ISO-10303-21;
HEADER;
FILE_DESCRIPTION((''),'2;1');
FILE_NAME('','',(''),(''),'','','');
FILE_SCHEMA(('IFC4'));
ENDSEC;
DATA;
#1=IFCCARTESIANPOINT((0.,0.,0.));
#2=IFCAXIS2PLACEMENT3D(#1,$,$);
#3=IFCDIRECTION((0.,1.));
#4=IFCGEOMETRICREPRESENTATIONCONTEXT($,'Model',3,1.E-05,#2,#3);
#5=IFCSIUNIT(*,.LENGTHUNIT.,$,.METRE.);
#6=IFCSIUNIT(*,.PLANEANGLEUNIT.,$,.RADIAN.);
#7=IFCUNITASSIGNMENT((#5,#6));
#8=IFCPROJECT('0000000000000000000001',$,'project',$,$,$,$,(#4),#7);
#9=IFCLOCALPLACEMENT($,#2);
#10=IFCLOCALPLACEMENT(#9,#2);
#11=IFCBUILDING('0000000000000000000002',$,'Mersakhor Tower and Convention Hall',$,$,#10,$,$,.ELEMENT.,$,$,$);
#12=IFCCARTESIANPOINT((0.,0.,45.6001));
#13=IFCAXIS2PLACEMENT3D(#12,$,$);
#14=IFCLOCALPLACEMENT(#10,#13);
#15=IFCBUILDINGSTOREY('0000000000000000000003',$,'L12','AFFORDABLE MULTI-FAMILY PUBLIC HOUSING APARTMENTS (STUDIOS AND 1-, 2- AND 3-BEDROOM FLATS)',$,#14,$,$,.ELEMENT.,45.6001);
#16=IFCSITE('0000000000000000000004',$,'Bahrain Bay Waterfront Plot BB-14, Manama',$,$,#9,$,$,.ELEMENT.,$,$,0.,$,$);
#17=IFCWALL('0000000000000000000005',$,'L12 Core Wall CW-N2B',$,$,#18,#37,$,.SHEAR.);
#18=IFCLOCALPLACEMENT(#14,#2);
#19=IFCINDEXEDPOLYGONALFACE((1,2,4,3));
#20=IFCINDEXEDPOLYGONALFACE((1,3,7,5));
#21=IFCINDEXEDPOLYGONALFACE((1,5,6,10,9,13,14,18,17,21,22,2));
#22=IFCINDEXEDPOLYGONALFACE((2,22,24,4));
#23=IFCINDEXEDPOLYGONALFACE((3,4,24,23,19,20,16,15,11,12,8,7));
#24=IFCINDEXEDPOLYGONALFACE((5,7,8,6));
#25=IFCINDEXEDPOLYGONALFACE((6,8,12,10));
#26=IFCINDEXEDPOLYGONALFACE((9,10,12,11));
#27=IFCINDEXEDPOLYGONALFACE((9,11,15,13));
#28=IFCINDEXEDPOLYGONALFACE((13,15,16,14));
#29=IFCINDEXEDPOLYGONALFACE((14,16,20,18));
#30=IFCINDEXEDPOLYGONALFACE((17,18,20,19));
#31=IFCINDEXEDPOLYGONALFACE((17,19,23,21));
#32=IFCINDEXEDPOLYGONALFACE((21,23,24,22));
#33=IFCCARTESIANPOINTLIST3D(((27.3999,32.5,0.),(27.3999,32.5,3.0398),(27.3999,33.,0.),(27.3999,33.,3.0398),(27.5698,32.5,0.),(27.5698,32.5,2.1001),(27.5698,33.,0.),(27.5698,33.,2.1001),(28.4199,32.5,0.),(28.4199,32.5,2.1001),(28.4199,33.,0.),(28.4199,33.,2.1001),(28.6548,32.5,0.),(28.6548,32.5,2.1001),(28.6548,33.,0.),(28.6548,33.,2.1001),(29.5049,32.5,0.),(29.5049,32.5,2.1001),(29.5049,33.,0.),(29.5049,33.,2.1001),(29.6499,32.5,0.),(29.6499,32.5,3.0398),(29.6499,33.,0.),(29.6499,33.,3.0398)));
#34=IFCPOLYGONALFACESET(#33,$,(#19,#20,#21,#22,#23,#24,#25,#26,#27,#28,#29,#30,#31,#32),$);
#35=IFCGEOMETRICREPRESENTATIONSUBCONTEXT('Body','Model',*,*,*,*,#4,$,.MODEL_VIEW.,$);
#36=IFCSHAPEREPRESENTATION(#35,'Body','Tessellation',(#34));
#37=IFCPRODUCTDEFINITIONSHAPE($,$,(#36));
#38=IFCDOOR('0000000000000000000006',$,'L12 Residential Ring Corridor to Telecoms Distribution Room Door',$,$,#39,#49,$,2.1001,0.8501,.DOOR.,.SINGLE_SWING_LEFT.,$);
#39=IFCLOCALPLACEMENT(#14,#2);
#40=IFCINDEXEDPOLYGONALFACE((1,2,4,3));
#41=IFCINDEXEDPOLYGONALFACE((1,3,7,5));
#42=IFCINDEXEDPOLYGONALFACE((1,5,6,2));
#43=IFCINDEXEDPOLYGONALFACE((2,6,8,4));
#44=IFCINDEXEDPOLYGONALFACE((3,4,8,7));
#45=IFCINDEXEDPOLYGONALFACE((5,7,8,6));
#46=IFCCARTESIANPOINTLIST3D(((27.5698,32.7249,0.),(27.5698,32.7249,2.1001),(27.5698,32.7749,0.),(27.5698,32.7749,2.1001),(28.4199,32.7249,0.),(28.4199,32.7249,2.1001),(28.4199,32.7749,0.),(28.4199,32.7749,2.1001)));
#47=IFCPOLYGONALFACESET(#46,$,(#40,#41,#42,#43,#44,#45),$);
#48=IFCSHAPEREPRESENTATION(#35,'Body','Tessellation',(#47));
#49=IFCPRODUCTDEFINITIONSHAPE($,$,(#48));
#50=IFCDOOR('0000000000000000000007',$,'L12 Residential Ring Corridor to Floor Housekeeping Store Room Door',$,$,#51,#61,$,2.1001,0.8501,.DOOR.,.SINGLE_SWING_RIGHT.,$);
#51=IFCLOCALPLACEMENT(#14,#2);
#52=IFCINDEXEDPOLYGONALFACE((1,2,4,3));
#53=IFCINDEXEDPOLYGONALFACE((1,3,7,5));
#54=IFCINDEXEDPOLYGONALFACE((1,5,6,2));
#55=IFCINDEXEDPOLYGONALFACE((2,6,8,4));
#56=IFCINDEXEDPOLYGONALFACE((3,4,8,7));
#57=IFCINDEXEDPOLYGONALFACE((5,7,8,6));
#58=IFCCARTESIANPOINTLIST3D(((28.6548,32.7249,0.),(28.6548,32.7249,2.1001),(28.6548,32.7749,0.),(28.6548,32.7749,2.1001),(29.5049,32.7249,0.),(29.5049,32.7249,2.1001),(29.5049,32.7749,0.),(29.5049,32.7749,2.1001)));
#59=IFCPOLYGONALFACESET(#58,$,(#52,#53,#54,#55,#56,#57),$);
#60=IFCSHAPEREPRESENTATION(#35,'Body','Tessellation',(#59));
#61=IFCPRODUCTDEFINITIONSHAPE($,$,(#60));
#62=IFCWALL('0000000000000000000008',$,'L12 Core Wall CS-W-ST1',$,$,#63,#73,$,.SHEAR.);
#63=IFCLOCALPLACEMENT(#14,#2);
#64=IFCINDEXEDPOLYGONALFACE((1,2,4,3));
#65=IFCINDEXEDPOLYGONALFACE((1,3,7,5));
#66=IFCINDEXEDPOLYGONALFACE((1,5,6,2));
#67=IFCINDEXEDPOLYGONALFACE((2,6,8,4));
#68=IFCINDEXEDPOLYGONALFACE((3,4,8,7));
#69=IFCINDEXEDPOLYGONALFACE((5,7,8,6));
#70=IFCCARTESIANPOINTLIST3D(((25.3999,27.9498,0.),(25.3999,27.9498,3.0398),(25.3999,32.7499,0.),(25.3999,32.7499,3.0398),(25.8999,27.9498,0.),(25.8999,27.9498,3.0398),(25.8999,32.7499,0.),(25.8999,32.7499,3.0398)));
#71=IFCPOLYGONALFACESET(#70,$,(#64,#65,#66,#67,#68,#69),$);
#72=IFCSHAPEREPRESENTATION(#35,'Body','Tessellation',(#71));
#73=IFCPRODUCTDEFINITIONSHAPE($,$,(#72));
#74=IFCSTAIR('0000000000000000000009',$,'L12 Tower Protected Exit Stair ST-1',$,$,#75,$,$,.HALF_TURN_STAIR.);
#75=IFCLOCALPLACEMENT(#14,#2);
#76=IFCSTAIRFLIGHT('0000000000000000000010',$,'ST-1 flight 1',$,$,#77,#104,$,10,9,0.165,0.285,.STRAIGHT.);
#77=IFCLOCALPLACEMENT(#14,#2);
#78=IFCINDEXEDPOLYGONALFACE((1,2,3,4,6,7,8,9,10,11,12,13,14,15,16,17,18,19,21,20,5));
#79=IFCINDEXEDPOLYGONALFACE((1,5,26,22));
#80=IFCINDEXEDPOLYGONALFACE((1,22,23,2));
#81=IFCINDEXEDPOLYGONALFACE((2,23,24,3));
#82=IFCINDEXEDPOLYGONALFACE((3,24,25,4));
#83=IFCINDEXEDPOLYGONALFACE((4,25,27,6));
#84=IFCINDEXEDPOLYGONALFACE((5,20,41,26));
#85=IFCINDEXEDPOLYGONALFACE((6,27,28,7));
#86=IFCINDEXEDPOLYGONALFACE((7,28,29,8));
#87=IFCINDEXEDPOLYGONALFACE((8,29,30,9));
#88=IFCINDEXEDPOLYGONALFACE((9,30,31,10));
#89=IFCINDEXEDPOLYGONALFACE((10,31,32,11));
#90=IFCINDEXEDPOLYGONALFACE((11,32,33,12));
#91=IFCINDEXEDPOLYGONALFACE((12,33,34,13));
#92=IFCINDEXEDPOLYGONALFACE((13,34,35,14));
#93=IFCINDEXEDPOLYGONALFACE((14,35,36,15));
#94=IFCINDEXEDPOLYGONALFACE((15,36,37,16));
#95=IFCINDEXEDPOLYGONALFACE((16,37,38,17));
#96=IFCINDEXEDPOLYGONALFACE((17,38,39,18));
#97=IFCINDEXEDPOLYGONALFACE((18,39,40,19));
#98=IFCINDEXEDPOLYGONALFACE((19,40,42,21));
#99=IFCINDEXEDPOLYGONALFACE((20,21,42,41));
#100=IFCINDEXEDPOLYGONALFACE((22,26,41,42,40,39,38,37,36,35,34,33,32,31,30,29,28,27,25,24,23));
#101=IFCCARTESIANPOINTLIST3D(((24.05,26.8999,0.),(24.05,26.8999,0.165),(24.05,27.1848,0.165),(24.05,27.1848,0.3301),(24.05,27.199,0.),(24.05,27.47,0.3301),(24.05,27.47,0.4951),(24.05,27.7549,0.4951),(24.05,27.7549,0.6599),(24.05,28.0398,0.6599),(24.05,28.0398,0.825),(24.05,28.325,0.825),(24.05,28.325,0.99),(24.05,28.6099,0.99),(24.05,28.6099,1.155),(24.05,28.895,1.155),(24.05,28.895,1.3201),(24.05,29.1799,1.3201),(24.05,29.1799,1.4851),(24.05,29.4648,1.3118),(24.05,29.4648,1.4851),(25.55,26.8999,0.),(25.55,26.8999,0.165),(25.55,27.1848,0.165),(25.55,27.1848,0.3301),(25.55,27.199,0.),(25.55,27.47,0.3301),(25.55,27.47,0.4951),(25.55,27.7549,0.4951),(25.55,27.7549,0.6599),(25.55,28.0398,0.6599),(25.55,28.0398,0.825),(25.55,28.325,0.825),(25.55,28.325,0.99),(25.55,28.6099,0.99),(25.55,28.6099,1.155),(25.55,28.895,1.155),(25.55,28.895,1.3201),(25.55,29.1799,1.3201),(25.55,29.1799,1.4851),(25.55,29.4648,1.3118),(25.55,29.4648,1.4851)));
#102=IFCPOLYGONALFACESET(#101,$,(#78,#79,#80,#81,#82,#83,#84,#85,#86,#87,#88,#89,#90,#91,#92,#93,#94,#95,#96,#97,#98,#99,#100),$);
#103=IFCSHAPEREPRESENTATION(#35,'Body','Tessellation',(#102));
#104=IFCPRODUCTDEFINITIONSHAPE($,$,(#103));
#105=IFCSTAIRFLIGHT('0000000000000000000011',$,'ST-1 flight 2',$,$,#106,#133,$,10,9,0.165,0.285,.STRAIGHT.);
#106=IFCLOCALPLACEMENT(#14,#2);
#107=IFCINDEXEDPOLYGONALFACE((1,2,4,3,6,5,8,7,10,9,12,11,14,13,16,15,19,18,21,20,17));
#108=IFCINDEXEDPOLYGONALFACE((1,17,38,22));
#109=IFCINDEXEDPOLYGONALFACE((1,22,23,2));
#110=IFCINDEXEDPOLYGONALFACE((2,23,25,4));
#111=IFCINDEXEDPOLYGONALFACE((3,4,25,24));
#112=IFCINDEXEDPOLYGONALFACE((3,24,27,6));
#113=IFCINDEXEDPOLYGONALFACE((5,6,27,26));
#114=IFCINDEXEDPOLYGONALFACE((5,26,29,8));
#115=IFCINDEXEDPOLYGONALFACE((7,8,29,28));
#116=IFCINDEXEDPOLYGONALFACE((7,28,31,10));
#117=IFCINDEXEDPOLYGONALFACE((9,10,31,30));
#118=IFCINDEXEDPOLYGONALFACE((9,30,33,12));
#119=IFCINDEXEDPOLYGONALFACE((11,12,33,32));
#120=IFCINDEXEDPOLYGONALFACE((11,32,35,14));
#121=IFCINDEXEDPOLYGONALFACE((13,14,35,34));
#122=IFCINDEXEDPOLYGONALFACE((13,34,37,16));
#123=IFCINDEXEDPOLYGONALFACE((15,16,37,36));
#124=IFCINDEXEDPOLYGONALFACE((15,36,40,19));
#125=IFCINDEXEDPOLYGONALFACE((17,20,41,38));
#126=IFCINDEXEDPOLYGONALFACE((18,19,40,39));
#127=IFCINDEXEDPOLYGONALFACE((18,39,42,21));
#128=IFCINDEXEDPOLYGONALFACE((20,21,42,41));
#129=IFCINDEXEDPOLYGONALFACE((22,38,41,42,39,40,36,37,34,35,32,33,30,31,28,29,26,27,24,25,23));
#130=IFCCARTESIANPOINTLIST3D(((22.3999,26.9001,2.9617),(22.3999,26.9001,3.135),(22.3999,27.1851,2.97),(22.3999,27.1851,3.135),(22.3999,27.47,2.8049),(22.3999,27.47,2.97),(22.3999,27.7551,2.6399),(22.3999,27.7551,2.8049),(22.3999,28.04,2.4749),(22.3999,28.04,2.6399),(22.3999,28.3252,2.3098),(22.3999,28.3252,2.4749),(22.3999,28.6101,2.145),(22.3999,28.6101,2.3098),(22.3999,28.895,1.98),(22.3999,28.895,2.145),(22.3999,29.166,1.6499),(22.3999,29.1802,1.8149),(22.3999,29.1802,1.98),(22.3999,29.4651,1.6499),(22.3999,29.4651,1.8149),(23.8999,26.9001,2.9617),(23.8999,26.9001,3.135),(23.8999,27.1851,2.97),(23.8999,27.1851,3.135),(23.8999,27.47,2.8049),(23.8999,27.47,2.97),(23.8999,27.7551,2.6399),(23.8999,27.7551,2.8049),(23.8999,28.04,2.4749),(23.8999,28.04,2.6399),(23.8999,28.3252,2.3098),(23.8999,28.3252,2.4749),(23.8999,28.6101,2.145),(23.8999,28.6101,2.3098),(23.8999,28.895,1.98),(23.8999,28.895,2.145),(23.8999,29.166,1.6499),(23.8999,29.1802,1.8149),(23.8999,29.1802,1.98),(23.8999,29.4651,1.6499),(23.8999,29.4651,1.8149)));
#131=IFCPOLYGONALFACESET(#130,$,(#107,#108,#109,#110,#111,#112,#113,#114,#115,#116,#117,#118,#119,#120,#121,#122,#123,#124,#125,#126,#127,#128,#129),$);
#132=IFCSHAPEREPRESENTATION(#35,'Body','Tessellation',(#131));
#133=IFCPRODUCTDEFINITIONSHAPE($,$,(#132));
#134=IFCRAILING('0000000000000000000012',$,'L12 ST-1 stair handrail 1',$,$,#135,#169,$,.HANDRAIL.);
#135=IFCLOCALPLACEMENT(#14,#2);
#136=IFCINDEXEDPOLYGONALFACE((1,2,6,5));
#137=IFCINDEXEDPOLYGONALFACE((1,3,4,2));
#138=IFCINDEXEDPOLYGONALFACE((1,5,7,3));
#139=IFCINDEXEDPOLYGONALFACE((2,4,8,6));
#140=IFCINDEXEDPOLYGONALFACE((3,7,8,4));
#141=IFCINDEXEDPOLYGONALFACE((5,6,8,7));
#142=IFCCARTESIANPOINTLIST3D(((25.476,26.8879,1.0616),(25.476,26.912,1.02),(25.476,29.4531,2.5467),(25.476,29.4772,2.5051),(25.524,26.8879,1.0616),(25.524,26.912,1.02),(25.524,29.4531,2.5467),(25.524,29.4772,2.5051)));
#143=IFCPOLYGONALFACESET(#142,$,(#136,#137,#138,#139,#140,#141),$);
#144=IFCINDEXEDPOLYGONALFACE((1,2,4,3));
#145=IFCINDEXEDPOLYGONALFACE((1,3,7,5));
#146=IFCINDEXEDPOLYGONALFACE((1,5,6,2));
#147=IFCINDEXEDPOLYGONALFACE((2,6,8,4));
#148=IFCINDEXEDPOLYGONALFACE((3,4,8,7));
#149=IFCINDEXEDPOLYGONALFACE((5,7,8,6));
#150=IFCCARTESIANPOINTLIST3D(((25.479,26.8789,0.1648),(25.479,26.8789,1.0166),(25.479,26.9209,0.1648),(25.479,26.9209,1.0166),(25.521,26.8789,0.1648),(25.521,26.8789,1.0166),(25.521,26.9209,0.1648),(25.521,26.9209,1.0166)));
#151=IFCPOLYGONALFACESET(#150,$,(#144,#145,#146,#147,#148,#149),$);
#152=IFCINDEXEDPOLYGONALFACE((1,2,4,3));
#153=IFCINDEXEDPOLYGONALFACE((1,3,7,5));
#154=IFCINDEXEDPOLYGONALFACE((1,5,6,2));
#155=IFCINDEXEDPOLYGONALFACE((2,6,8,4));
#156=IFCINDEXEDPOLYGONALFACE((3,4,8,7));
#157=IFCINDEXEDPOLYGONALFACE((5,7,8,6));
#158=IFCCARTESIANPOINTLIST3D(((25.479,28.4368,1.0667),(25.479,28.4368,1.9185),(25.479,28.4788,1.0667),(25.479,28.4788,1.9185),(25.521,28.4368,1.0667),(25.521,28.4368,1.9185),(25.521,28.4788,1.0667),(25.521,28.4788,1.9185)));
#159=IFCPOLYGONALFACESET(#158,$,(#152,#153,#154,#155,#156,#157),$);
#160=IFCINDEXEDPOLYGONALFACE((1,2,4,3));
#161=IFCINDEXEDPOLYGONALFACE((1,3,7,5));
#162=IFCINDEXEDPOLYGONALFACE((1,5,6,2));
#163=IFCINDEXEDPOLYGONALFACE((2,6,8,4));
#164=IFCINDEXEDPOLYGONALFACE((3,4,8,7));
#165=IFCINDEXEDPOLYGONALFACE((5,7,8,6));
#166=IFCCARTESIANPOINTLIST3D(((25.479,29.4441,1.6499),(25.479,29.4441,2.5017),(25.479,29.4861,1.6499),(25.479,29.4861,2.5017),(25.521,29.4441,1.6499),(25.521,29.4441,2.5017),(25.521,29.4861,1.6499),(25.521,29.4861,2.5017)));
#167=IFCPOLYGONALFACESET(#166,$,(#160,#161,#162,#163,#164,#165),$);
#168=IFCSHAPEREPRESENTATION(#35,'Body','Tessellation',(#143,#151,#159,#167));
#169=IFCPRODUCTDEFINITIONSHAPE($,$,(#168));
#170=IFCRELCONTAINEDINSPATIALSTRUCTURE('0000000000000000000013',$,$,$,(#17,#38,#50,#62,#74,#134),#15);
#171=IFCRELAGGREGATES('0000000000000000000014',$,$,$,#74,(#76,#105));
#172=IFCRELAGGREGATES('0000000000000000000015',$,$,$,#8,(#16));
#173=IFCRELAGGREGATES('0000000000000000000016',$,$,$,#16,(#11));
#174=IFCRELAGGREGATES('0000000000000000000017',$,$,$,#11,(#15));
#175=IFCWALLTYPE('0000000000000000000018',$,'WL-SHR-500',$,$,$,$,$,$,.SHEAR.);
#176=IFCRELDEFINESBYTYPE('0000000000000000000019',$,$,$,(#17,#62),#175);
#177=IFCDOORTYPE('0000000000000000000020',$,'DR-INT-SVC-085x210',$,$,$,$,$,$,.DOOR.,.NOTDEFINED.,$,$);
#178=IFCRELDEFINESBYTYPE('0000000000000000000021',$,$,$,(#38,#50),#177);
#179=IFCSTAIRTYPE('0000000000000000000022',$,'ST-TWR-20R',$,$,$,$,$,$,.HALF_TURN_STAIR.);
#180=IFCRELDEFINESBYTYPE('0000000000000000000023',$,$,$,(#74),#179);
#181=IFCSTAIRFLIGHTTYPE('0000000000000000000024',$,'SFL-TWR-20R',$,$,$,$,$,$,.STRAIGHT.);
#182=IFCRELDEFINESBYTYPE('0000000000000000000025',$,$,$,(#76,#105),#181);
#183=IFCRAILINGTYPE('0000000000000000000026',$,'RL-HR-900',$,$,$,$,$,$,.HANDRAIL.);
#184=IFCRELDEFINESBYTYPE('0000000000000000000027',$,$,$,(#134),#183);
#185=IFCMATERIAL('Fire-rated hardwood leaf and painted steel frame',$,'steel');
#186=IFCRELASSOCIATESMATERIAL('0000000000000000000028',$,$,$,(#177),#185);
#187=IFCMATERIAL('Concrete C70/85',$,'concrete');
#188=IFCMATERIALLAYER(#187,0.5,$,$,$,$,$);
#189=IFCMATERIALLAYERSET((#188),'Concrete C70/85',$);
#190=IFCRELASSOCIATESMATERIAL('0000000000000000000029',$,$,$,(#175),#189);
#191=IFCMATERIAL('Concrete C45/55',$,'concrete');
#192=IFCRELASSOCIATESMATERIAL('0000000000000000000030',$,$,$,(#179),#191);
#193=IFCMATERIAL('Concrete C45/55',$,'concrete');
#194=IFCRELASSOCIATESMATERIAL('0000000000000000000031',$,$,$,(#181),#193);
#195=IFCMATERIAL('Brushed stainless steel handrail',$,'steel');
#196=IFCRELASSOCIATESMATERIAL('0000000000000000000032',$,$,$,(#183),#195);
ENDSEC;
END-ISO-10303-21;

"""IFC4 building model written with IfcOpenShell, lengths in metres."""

from ifc_helpers import new_model, si_unit, direction, frame, frame_2d, origin, origin_2d, place, context, subcontext, project, spatial, polyline, rectangle, outline, extrude, material, layer, layer_set, type_object, element, fill, aggregate, save


model = new_model("IFC4")

# Units and contexts
model_context = context("Model", 3, precision=1e-05, world=origin(), true_north=direction((0.0, 1.0)))
body_context = subcontext(model_context, "Body", "Model", "MODEL_VIEW")
ifc_project = project(units=[si_unit("LENGTHUNIT", "METRE"), si_unit("PLANEANGLEUNIT", "RADIAN")], contexts=[model_context])

# Site, building, storey
site_placement = place(None, origin())
site = spatial("IfcSite", under=ifc_project, at=site_placement, Name="Bahrain Bay Waterfront Plot BB-14, Manama", CompositionType="ELEMENT", RefElevation=0.0)
building_placement = place(site_placement, origin())
building = spatial("IfcBuilding", under=site, at=building_placement, Name="Mersakhor Tower and Convention Hall", CompositionType="ELEMENT")
storey_placement = place(building_placement, frame((0.0, 0.0, 45.6001)))
storey = spatial("IfcBuildingStorey", under=building, at=storey_placement, Name="L12", Description="AFFORDABLE MULTI-FAMILY PUBLIC HOUSING APARTMENTS (STUDIOS AND 1-, 2- AND 3-BEDROOM FLATS)", CompositionType="ELEMENT", Elevation=45.6001)

# Shared definitions
ifc_material_1 = material(Name="Fire-rated hardwood leaf and painted steel frame", Category="steel")
door_type_1 = type_object("IfcDoorType", Name="DR-INT-SVC-085x210", OperationType="NOTDEFINED", PredefinedType="DOOR", material=ifc_material_1)

# Shared definitions
ifc_material_2 = material(Name="Concrete C70/85", Category="concrete")
ifc_layer_1 = layer(ifc_material_2, 0.5)
ifc_layer_set_1 = layer_set([ifc_layer_1], Name="Concrete C70/85")
wall_type_1 = type_object("IfcWallType", Name="WL-SHR-500", PredefinedType="SHEAR", material=ifc_layer_set_1)

# Wall, openings, doors
wall_1_placement = place(storey_placement, frame((27.3999, 32.75, 0.0), z_axis=(0.0, 0.0, 1.0), x_axis=(1.0, 0.0, 0.0)))
wall_1 = element("IfcWall", 1, at=wall_1_placement, inside=storey, type_object=wall_type_1, Name="L12 Core Wall CW-N2B", PredefinedType="SHEAR", context=body_context, shape_type="SweptSolid", body=[
    extrude(rectangle(XDim=2.25, YDim=0.5, at=frame_2d((1.125, 0.0))), origin(), (0.0, 0.0, 1.0), 3.0398),
])
opening_1_placement = place(wall_1_placement, frame((0.1699, 0.0, 0.0)))
opening_1 = element("IfcOpeningElement", 2, at=opening_1_placement, cuts=wall_1, PredefinedType="OPENING", context=body_context, shape_type="SweptSolid", body=[
    extrude(rectangle(XDim=0.8501, YDim=2.1001, at=frame_2d((0.425, 1.05))), frame((0.0, 0.26, 0.0), z_axis=(0.0, -1.0, 0.0), x_axis=(1.0, 0.0, 0.0)), (0.0, 0.0, 1.0), 0.52),
])
opening_2_placement = place(wall_1_placement, frame((1.2549, 0.0, 0.0)))
opening_2 = element("IfcOpeningElement", 3, at=opening_2_placement, cuts=wall_1, PredefinedType="OPENING", context=body_context, shape_type="SweptSolid", body=[
    extrude(rectangle(XDim=0.8501, YDim=2.1001, at=frame_2d((0.425, 1.05))), frame((0.0, 0.26, 0.0), z_axis=(0.0, -1.0, 0.0), x_axis=(1.0, 0.0, 0.0)), (0.0, 0.0, 1.0), 0.52),
])
door_1_placement = place(opening_1_placement, origin())
door_1 = element("IfcDoor", 4, at=door_1_placement, inside=storey, type_object=door_type_1, Name="L12 Residential Ring Corridor to Telecoms Distribution Room Door", OperationType="SINGLE_SWING_LEFT", OverallHeight=2.1001, OverallWidth=0.8501, PredefinedType="DOOR", context=body_context, shape_type="SweptSolid", body=[
    extrude(rectangle(XDim=0.8501, YDim=2.1001, at=frame_2d((0.425, 1.05))), frame((0.0, 0.0249, 0.0), z_axis=(0.0, -1.0, 0.0), x_axis=(1.0, 0.0, 0.0)), (0.0, 0.0, 1.0), 0.05),
])
fill(opening_1, door_1)
door_2_placement = place(opening_2_placement, origin())
door_2 = element("IfcDoor", 5, at=door_2_placement, inside=storey, type_object=door_type_1, Name="L12 Residential Ring Corridor to Floor Housekeeping Store Room Door", OperationType="SINGLE_SWING_RIGHT", OverallHeight=2.1001, OverallWidth=0.8501, PredefinedType="DOOR", context=body_context, shape_type="SweptSolid", body=[
    extrude(rectangle(XDim=0.8501, YDim=2.1001, at=frame_2d((0.425, 1.05))), frame((0.0, 0.0249, 0.0), z_axis=(0.0, -1.0, 0.0), x_axis=(1.0, 0.0, 0.0)), (0.0, 0.0, 1.0), 0.05),
])
fill(opening_2, door_2)

# Wall
wall_2_placement = place(storey_placement, frame((25.6499, 27.95, 0.0), z_axis=(0.0, 0.0, 1.0), x_axis=(0.0, 1.0, 0.0)))
element("IfcWall", 6, at=wall_2_placement, inside=storey, type_object=wall_type_1, Name="L12 Core Wall CS-W-ST1", PredefinedType="SHEAR", context=body_context, shape_type="SweptSolid", body=[
    extrude(rectangle(XDim=4.8, YDim=0.5, at=frame_2d((2.3999, 0.0))), origin(), (0.0, 0.0, 1.0), 3.0398),
])

# Stair, stair flights
ifc_material_3 = material(Name="Concrete C45/55", Category="concrete")
stair_type = type_object("IfcStairType", Name="ST-TWR-20R", PredefinedType="HALF_TURN_STAIR", material=ifc_material_3)
stair_placement = place(storey_placement, origin())
stair = element("IfcStair", 7, at=stair_placement, inside=storey, type_object=stair_type, Name="L12 Tower Protected Exit Stair ST-1", PredefinedType="HALF_TURN_STAIR")
ifc_material_4 = material(Name="Concrete C45/55", Category="concrete")
stair_flight_type = type_object("IfcStairFlightType", Name="SFL-TWR-20R", PredefinedType="STRAIGHT", material=ifc_material_4)
stair_flight_1_placement = place(storey_placement, frame((24.8, 26.8999, 0.0), z_axis=(0.0, 0.0, 1.0), x_axis=(0.0, 1.0, 0.0)))
stair_flight_1 = element("IfcStairFlight", 8, at=stair_flight_1_placement, type_object=stair_flight_type, Name="ST-1 flight 1", NumberOfRisers=10, NumberOfTreads=9, PredefinedType="STRAIGHT", RiserHeight=0.165, TreadLength=0.285, context=body_context, shape_type="SweptSolid", body=[
    extrude(outline(polyline([(0.0, 0.0), (0.0, 0.165), (0.2849, 0.165), (0.2849, 0.3301), (0.5701, 0.3301), (0.5701, 0.4951), (0.855, 0.4951), (0.855, 0.6599), (1.1399, 0.6599), (1.1399, 0.825), (1.425, 0.825), (1.425, 0.99), (1.71, 0.99), (1.71, 1.155), (1.9951, 1.155), (1.9951, 1.3201), (2.28, 1.3201), (2.28, 1.4851), (2.5649, 1.4851), (2.5649, 1.6499), (2.5649, 1.3118), (0.2991, 0.0), (0.0, 0.0)])), frame((0.0, 0.75, 0.0), z_axis=(0.0, -1.0, 0.0), x_axis=(1.0, 0.0, 0.0)), (0.0, 0.0, 1.0), 1.5),
])
stair_flight_2_placement = place(storey_placement, frame((23.1499, 29.4651, 1.6499), z_axis=(0.0, 0.0, 1.0), x_axis=(0.0, -1.0, 0.0)))
stair_flight_2 = element("IfcStairFlight", 9, at=stair_flight_2_placement, type_object=stair_flight_type, Name="ST-1 flight 2", NumberOfRisers=10, NumberOfTreads=9, PredefinedType="STRAIGHT", RiserHeight=0.165, TreadLength=0.285, context=body_context, shape_type="SweptSolid", body=[
    extrude(outline(polyline([(0.0, 0.0), (0.0, 0.165), (0.2849, 0.165), (0.2849, 0.3301), (0.5701, 0.3301), (0.5701, 0.4951), (0.855, 0.4951), (0.855, 0.6599), (1.1399, 0.6599), (1.1399, 0.825), (1.425, 0.825), (1.425, 0.99), (1.71, 0.99), (1.71, 1.155), (1.9951, 1.155), (1.9951, 1.3201), (2.28, 1.3201), (2.28, 1.4851), (2.5649, 1.4851), (2.5649, 1.6499), (2.5649, 1.3118), (0.2991, 0.0), (0.0, 0.0)])), frame((0.0, 0.75, 0.0), z_axis=(0.0, -1.0, 0.0), x_axis=(1.0, 0.0, 0.0)), (0.0, 0.0, 1.0), 1.5),
])
aggregate(stair, [stair_flight_1, stair_flight_2])

# Railing
ifc_material_5 = material(Name="Brushed stainless steel handrail", Category="steel")
railing_type_1 = type_object("IfcRailingType", Name="RL-HR-900", PredefinedType="HANDRAIL", material=ifc_material_5)
railing_1_placement = place(storey_placement, frame((25.5, 26.8999, 0.1648)))
element("IfcRailing", 10, at=railing_1_placement, inside=storey, type_object=railing_type_1, Name="L12 ST-1 stair handrail 1", PredefinedType="HANDRAIL", context=body_context, shape_type="SweptSolid", body=[
    extrude(rectangle(XDim=0.0481, YDim=0.0481, at=origin_2d()), frame((0.0, 0.0, 0.876), z_axis=(0.0, 0.865426, 0.501036), x_axis=(-1.0, 0.0, 0.0)), (0.0, 0.0, 1.0), 2.9641),
    extrude(rectangle(XDim=0.042, YDim=0.042, at=origin_2d()), origin(), (0.0, 0.0, 1.0), 0.8518),
    extrude(rectangle(XDim=0.042, YDim=0.042, at=origin_2d()), frame((0.0, 1.5579, 0.9019)), (0.0, 0.0, 1.0), 0.8518),
    extrude(rectangle(XDim=0.042, YDim=0.042, at=origin_2d()), frame((0.0, 2.5652, 1.4851)), (0.0, 0.0, 1.0), 0.8518),
])

save(model, "model.ifc")
